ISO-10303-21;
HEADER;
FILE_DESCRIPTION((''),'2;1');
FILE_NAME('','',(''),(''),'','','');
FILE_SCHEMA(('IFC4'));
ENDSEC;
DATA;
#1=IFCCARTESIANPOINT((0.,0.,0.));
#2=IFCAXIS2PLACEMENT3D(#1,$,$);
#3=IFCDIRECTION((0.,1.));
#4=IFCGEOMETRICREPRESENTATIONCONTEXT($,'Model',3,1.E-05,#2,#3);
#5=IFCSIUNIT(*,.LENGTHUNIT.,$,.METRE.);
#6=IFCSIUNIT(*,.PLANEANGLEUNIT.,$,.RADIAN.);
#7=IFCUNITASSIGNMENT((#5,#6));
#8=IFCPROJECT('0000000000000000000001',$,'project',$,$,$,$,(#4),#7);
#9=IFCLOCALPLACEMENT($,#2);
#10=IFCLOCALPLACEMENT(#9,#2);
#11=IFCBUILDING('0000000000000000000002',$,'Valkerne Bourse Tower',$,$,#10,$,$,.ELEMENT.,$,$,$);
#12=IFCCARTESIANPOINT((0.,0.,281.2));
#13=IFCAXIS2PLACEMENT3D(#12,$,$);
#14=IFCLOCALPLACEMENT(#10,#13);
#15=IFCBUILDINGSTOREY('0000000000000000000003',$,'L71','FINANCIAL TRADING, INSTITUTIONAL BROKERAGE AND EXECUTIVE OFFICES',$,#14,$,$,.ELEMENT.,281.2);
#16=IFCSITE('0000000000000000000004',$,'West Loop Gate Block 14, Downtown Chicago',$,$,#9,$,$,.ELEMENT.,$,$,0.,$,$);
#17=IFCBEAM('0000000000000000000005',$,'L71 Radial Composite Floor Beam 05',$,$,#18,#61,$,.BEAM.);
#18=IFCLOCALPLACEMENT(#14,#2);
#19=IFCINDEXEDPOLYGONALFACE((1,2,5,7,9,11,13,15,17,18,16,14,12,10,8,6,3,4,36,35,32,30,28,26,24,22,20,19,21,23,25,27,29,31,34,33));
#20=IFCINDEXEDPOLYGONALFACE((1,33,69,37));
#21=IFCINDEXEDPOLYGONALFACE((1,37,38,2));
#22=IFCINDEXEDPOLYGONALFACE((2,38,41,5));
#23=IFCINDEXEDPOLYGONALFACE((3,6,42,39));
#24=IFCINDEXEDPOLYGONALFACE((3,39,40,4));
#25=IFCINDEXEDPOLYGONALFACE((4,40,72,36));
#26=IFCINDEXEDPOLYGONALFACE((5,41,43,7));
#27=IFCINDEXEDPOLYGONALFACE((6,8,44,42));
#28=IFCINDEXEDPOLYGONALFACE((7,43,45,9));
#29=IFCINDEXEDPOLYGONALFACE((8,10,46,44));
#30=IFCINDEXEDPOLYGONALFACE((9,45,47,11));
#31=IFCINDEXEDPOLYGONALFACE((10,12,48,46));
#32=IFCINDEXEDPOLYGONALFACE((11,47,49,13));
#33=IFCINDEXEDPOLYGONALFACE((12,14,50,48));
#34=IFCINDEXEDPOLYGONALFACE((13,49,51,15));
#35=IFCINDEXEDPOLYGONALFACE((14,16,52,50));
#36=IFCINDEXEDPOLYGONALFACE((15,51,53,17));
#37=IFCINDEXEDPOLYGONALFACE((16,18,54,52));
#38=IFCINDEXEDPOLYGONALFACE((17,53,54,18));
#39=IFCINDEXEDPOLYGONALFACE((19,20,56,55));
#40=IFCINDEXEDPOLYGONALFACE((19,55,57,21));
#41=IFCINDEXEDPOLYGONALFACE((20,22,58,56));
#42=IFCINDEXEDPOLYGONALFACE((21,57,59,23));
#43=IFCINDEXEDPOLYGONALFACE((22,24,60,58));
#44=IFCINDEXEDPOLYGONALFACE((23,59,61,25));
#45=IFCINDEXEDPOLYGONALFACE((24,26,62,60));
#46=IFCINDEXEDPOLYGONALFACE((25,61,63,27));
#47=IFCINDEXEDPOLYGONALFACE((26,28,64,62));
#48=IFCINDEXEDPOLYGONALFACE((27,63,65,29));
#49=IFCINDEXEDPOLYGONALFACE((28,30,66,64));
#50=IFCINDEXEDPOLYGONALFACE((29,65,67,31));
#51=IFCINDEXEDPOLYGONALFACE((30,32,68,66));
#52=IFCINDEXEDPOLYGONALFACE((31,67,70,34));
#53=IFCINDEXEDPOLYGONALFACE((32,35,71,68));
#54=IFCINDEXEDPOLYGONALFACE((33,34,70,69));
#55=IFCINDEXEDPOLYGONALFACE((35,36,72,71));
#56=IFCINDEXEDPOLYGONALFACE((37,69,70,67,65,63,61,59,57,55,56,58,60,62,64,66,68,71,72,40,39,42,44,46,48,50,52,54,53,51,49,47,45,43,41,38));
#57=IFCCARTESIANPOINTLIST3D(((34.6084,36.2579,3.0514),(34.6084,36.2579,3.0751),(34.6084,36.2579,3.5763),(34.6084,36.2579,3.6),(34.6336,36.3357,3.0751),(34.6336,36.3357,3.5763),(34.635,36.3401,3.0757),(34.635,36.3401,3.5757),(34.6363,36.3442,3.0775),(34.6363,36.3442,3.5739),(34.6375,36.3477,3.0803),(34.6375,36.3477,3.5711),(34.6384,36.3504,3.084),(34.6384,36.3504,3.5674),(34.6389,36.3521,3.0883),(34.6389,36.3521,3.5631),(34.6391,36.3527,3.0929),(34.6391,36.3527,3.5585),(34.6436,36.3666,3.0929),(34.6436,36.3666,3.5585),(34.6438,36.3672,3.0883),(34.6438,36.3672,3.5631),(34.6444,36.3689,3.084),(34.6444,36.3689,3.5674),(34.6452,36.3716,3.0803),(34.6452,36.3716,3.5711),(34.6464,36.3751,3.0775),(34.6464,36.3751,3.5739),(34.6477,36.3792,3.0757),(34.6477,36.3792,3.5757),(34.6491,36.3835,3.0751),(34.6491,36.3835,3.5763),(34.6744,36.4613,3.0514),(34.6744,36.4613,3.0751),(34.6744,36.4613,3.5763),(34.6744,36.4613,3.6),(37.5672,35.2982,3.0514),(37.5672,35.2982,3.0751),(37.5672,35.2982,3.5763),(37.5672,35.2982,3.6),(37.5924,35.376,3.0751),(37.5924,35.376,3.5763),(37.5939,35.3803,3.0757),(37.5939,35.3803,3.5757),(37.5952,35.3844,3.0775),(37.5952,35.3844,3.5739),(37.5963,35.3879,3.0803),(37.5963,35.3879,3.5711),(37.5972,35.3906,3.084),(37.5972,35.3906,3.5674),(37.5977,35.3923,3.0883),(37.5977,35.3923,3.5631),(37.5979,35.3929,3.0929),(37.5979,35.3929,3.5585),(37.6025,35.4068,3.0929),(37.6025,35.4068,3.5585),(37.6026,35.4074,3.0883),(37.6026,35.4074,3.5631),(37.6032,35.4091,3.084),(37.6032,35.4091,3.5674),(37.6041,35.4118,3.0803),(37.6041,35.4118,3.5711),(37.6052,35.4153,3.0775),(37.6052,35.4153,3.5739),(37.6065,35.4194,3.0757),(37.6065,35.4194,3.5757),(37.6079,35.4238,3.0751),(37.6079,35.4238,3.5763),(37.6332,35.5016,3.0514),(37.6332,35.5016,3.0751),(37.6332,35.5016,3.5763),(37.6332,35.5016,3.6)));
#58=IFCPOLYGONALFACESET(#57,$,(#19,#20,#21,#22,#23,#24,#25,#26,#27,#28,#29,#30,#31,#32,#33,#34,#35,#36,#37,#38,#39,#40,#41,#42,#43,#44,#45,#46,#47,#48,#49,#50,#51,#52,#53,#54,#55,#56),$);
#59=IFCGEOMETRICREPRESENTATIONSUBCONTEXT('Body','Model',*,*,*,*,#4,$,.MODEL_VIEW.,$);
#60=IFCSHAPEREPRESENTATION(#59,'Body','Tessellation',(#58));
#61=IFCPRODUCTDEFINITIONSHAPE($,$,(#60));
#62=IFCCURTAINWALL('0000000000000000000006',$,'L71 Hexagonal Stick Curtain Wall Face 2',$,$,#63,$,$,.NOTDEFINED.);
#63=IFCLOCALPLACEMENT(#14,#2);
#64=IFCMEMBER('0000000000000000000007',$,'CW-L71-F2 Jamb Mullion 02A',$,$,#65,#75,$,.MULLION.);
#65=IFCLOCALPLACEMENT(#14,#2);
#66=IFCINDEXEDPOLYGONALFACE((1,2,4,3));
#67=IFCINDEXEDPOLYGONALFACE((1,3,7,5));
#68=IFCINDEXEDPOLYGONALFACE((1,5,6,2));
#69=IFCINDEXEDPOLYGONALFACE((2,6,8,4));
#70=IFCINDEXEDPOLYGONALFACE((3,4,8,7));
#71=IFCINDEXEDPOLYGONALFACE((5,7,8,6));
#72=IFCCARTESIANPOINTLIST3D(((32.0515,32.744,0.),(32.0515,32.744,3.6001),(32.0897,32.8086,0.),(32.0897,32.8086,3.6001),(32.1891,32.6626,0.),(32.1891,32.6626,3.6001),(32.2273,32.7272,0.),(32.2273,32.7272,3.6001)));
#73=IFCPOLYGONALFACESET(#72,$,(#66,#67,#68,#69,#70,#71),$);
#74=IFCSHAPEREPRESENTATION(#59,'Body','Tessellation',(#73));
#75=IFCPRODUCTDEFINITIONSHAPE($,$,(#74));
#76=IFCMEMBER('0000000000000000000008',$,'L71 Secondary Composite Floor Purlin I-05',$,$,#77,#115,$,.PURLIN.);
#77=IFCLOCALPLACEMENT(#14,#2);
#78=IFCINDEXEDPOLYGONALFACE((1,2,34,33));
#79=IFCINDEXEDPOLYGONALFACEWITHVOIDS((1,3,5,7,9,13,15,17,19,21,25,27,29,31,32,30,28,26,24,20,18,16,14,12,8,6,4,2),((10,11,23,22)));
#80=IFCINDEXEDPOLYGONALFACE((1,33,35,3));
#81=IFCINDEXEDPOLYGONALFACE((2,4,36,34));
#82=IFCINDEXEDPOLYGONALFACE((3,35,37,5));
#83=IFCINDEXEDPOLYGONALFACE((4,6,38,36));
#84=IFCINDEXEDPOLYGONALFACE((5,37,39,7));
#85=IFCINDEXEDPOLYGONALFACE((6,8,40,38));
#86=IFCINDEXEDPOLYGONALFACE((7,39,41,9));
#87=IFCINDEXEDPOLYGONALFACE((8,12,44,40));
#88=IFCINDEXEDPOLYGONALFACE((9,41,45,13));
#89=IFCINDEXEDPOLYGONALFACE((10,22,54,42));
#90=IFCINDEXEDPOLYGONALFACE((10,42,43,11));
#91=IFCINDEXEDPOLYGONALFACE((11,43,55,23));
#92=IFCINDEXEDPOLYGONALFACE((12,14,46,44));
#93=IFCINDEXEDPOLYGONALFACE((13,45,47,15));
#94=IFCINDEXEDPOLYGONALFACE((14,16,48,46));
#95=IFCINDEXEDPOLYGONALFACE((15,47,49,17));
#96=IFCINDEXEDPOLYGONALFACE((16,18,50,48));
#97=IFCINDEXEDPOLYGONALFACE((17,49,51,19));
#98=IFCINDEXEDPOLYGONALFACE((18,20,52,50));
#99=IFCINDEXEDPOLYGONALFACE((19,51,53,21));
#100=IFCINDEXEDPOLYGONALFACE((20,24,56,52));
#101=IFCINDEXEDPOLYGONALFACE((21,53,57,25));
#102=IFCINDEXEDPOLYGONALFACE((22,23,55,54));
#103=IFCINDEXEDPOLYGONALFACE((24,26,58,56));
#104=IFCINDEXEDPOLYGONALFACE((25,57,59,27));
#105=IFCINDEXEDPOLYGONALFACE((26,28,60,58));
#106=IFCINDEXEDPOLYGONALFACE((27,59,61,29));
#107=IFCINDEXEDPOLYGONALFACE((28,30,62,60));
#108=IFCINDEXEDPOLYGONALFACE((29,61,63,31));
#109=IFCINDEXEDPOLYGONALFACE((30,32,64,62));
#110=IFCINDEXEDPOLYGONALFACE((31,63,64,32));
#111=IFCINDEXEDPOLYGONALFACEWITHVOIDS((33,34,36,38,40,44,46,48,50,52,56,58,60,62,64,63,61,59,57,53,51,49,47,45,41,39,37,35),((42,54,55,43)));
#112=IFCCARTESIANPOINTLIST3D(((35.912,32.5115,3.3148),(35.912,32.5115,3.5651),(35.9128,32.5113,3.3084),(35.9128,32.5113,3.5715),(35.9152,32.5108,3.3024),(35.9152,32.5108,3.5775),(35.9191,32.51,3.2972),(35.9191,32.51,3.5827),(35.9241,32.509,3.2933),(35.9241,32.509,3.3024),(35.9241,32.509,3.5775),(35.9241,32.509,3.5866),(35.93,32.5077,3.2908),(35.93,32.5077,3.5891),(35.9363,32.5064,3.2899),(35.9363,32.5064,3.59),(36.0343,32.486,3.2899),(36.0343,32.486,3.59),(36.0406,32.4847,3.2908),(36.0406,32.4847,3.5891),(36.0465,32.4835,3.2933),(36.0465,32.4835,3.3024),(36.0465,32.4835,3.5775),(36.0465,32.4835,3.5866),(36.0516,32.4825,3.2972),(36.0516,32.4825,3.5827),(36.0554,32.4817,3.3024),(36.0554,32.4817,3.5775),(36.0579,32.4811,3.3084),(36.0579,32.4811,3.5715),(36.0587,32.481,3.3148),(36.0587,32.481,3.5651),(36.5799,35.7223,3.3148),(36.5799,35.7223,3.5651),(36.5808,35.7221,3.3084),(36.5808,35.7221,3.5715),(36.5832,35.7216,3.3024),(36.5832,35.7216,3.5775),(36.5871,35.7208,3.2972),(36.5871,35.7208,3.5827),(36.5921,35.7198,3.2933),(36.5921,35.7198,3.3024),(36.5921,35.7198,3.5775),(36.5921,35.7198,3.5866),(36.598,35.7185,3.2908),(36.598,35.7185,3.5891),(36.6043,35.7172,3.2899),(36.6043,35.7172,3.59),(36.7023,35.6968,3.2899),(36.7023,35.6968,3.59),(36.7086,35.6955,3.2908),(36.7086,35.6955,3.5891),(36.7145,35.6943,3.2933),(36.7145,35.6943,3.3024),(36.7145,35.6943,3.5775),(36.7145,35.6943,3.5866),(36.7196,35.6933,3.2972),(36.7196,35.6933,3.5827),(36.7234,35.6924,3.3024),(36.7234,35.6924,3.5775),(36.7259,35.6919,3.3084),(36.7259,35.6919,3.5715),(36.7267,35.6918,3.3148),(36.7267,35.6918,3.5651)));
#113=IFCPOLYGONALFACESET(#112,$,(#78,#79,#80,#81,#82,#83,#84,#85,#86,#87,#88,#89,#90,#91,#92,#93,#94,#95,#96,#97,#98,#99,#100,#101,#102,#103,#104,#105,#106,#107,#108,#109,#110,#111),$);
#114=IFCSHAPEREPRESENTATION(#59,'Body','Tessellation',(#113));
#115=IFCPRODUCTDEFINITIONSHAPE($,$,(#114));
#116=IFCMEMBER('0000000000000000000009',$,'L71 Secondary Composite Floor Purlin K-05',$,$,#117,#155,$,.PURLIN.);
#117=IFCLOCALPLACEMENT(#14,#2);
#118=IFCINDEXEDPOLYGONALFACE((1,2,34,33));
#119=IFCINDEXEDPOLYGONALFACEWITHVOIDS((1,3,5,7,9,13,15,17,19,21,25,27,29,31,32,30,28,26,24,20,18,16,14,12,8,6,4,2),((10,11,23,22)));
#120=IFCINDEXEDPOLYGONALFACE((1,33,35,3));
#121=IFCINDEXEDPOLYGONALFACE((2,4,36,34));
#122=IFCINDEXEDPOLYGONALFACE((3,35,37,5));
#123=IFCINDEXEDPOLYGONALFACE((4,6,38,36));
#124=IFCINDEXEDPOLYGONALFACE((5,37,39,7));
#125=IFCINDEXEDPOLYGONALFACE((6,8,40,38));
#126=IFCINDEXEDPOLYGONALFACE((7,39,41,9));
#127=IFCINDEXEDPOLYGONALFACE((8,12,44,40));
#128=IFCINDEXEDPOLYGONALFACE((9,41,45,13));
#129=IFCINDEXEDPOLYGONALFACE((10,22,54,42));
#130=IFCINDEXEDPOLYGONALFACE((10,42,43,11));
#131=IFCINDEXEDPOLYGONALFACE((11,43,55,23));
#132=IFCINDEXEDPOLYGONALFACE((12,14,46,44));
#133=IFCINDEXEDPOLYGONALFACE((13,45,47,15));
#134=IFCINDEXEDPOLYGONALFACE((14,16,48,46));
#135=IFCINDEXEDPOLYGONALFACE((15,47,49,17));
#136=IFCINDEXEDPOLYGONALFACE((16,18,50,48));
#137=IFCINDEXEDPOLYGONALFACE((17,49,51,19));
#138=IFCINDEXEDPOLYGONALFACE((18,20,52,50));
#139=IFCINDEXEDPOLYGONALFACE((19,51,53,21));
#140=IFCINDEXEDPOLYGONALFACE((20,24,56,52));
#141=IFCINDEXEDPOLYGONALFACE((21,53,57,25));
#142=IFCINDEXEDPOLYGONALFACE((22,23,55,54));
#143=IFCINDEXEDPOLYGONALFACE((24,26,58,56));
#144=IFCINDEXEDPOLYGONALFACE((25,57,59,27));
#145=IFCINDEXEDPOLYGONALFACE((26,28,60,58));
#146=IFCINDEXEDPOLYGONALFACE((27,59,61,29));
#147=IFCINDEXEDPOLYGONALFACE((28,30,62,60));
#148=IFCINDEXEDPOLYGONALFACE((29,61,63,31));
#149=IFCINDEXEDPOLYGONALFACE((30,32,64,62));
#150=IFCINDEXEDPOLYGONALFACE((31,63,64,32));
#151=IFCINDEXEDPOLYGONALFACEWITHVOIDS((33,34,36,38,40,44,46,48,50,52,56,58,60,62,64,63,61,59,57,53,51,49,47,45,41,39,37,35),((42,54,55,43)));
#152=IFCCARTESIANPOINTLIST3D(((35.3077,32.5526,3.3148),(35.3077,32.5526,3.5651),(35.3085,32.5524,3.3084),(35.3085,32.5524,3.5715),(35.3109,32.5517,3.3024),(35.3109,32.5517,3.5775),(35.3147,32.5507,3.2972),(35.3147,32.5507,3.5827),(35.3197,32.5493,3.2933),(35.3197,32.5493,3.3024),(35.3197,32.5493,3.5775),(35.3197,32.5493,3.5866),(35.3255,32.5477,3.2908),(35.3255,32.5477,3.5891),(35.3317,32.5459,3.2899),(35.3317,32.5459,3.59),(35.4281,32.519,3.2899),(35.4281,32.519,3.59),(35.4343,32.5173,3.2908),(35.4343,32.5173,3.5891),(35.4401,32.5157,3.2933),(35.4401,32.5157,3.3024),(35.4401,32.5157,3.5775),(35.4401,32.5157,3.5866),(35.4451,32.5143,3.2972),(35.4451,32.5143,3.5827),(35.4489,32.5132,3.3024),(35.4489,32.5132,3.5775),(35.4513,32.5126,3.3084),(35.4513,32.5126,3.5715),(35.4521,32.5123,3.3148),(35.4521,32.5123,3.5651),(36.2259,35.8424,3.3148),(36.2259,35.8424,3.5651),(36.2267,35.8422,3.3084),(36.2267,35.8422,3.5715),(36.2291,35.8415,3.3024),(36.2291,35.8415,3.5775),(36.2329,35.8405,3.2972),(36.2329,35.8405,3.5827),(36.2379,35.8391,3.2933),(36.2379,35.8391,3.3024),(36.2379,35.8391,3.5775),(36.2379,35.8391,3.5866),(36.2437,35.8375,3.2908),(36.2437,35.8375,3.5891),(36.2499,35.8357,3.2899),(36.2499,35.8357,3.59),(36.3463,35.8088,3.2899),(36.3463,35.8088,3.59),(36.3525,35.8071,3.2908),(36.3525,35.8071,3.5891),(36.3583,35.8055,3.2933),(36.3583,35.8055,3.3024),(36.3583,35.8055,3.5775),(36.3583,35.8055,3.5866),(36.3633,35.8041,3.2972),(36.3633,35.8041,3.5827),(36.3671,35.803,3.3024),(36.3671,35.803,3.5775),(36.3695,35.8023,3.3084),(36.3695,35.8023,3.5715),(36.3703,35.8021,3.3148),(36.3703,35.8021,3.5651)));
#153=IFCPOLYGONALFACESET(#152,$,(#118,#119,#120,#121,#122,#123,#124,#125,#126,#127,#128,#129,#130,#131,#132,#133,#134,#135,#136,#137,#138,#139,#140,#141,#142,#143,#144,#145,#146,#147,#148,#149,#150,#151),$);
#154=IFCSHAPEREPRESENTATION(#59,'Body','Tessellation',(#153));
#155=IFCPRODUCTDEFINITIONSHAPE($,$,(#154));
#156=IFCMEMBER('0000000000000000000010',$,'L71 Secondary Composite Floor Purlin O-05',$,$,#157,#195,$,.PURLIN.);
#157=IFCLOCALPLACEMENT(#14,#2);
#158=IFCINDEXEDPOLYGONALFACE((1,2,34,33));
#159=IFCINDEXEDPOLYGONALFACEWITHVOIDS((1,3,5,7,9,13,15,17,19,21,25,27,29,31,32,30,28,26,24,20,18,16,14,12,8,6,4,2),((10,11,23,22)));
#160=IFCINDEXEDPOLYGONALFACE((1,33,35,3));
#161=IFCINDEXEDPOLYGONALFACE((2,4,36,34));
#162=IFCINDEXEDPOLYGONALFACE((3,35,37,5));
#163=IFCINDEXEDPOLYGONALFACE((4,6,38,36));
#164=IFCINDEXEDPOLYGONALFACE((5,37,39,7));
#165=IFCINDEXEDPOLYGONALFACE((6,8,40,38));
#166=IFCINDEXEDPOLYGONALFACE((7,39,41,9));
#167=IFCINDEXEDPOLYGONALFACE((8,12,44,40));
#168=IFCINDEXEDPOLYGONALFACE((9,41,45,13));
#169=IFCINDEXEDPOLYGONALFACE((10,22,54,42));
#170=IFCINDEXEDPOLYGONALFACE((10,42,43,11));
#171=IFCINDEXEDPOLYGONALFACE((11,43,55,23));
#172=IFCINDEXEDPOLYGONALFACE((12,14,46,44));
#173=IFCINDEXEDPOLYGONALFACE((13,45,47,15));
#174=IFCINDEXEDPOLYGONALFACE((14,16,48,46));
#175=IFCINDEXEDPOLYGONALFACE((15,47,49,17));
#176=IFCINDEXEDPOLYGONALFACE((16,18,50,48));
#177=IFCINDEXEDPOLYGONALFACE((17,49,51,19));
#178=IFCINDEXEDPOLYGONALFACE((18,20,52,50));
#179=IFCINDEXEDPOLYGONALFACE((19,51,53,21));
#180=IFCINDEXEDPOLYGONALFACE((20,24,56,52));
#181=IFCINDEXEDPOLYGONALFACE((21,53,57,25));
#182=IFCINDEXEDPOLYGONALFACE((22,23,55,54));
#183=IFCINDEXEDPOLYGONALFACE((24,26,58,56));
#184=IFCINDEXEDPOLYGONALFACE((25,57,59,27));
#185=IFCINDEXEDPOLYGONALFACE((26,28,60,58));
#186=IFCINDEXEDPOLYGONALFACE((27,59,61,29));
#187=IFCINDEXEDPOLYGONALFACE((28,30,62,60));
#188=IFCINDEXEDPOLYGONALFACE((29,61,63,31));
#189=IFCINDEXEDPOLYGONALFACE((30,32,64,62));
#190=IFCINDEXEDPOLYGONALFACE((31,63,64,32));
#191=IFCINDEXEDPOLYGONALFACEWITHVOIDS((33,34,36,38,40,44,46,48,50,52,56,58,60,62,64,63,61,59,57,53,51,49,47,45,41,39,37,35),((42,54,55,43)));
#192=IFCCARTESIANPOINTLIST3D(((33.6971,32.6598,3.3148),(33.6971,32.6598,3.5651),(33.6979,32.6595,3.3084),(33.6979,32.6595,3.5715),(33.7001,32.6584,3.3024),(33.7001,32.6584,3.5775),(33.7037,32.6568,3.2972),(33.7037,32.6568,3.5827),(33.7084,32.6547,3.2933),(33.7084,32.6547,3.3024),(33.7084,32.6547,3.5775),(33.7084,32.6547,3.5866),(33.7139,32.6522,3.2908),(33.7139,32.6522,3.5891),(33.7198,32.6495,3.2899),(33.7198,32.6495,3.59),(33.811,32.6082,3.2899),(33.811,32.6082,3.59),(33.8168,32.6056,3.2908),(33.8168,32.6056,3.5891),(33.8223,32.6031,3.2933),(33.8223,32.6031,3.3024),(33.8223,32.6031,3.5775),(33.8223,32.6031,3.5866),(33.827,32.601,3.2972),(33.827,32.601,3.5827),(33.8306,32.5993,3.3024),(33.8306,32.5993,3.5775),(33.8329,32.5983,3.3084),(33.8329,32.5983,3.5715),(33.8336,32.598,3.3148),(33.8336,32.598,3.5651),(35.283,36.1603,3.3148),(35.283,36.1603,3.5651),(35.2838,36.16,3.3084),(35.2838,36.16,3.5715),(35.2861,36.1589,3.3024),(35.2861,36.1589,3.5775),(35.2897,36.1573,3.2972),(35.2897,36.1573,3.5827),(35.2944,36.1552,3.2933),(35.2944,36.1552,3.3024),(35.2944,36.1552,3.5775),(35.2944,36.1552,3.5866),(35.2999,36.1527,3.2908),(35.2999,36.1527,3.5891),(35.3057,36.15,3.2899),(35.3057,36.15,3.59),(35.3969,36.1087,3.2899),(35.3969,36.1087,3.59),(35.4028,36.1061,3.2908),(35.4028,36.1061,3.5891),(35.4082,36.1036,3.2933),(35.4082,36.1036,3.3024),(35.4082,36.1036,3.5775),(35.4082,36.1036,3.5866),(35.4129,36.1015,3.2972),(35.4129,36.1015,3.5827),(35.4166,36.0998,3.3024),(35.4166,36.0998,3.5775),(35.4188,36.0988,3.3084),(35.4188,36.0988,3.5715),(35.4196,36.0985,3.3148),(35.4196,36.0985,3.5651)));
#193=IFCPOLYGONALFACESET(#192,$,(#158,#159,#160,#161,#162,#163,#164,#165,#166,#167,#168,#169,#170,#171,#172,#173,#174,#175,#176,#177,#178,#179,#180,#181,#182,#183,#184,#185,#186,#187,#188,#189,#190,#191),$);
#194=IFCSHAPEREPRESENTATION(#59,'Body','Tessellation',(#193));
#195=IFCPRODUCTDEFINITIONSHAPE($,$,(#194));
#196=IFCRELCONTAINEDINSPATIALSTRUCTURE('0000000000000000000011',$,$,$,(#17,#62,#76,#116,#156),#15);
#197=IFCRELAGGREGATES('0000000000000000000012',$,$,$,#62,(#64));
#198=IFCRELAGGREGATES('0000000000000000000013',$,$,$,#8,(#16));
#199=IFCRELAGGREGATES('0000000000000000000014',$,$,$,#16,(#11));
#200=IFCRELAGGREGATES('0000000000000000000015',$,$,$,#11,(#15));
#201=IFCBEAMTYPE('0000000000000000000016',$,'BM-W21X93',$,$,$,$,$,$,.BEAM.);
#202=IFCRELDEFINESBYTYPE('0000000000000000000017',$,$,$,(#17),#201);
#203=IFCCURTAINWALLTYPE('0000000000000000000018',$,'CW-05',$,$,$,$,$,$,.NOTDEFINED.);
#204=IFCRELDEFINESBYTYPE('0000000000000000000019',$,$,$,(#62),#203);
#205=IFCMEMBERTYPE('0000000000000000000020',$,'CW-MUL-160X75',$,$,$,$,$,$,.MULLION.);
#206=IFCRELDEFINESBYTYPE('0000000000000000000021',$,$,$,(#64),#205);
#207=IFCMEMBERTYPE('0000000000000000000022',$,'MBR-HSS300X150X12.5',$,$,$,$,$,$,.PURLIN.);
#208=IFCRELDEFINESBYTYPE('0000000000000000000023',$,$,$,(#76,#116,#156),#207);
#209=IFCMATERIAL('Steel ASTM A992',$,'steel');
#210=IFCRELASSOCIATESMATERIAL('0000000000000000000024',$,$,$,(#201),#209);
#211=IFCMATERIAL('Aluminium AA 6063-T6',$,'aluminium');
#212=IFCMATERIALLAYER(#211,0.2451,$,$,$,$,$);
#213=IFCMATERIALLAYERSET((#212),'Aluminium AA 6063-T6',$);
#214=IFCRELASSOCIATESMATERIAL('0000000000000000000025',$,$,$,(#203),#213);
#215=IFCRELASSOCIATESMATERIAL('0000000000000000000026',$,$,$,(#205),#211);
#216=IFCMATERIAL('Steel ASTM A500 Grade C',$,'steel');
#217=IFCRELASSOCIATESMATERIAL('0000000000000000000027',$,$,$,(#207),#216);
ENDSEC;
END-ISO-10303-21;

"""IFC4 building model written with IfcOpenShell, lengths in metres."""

from ifc_helpers import new_model, si_unit, direction, frame, origin, origin_2d, place, context, subcontext, project, spatial, rectangle, hollow_rectangle, i_section, extrude, material, layer, layer_set, material_profile, profile_set, type_object, element, aggregate, save


model = new_model("IFC4")

# Units and contexts
model_context = context("Model", 3, precision=1e-05, world=origin(), true_north=direction((0.0, 1.0)))
body_context = subcontext(model_context, "Body", "Model", "MODEL_VIEW")
ifc_project = project(units=[si_unit("LENGTHUNIT", "METRE"), si_unit("PLANEANGLEUNIT", "RADIAN")], contexts=[model_context])

# Site, building, storey
site_placement = place(None, origin())
site = spatial("IfcSite", under=ifc_project, at=site_placement, Name="West Loop Gate Block 14, Downtown Chicago", CompositionType="ELEMENT", RefElevation=0.0)
building_placement = place(site_placement, origin())
building = spatial("IfcBuilding", under=site, at=building_placement, Name="Valkerne Bourse Tower", CompositionType="ELEMENT")
storey_placement = place(building_placement, frame((0.0, 0.0, 281.2)))
storey = spatial("IfcBuildingStorey", under=building, at=storey_placement, Name="L71", Description="FINANCIAL TRADING, INSTITUTIONAL BROKERAGE AND EXECUTIVE OFFICES", CompositionType="ELEMENT", Elevation=281.2)

# Beam
ifc_material_1 = material(Name="Steel ASTM A992", Category="steel")
ifc_material_profile_1 = material_profile(ifc_material_1, i_section(OverallWidth=0.2139, OverallDepth=0.5486, WebThickness=0.0146, FlangeThickness=0.0237, FilletRadius=0.0178, at=origin_2d()), Name="W21X93")
ifc_profile_set_1 = profile_set([ifc_material_profile_1], Name="Steel ASTM A992")
beam_type_1 = type_object("IfcBeamType", Name="BM-W21X93", PredefinedType="BEAM", material=ifc_profile_set_1)
beam_1_placement = place(storey_placement, frame((34.6414, 36.3596, 3.3257), z_axis=(0.951211, -0.308541, 0.0), x_axis=(0.308541, 0.951211, 0.0)))
element("IfcBeam", 1, at=beam_1_placement, inside=storey, type_object=beam_type_1, Name="L71 Radial Composite Floor Beam 05", PredefinedType="BEAM", context=body_context, shape_type="SweptSolid", body=[
    extrude(i_section(OverallWidth=0.2139, OverallDepth=0.5486, WebThickness=0.0146, FlangeThickness=0.0237, FilletRadius=0.0178, at=origin_2d()), origin(), (0.0, 0.0, 1.0), 3.1106),
])

# Curtain wall, member
ifc_material_2 = material(Name="Aluminium AA 6063-T6", Category="aluminium")
ifc_layer_1 = layer(ifc_material_2, 0.2451)
ifc_layer_set_1 = layer_set([ifc_layer_1], Name="Aluminium AA 6063-T6")
curtain_wall_type = type_object("IfcCurtainWallType", Name="CW-05", PredefinedType="NOTDEFINED", material=ifc_layer_set_1)
curtain_wall_placement = place(storey_placement, origin())
curtain_wall = element("IfcCurtainWall", 2, at=curtain_wall_placement, inside=storey, type_object=curtain_wall_type, Name="L71 Hexagonal Stick Curtain Wall Face 2", PredefinedType="NOTDEFINED")
ifc_material_profile_2 = material_profile(ifc_material_2, rectangle(XDim=0.075, YDim=0.1599, at=origin_2d()), Name="CWM-75X160")
ifc_profile_set_2 = profile_set([ifc_material_profile_2], Name="Aluminium AA 6063-T6")
member_type_1 = type_object("IfcMemberType", Name="CW-MUL-160X75", PredefinedType="MULLION", material=ifc_profile_set_2)
member_1_placement = place(storey_placement, frame((32.1394, 32.7356, 0.0), z_axis=(0.0, 0.0, 1.0), x_axis=(-0.509039, -0.860744, 0.0)))
member_1 = element("IfcMember", 3, at=member_1_placement, type_object=member_type_1, Name="CW-L71-F2 Jamb Mullion 02A", PredefinedType="MULLION", context=body_context, shape_type="SweptSolid", body=[
    extrude(rectangle(XDim=0.075, YDim=0.1599, at=origin_2d()), origin(), (0.0, 0.0, 1.0), 3.6001),
])

# Members
ifc_material_3 = material(Name="Steel ASTM A500 Grade C", Category="steel")
ifc_material_profile_3 = material_profile(ifc_material_3, hollow_rectangle(XDim=0.1499, YDim=0.3, WallThickness=0.0125, OuterFilletRadius=0.0249, at=origin_2d()), Name="HSS300X150X12.5")
ifc_profile_set_3 = profile_set([ifc_material_profile_3], Name="Steel ASTM A500 Grade C")
member_type_2 = type_object("IfcMemberType", Name="MBR-HSS300X150X12.5", PredefinedType="PURLIN", material=ifc_profile_set_3)
member_2_placement = place(storey_placement, frame((36.6533, 35.707, 3.4399), z_axis=(-0.203684, -0.979037, 0.0), x_axis=(0.979037, -0.203684, 0.0)))
element("IfcMember", 4, at=member_2_placement, inside=storey, type_object=member_type_2, Name="L71 Secondary Composite Floor Purlin I-05", PredefinedType="PURLIN", context=body_context, shape_type="SweptSolid", body=[
    extrude(hollow_rectangle(XDim=0.1499, YDim=0.3, WallThickness=0.0125, OuterFilletRadius=0.0249, at=origin_2d()), origin(), (0.0, 0.0, 1.0), 3.2795),
])
member_3_placement = place(storey_placement, frame((36.2981, 35.8223, 3.4399), z_axis=(-0.268834, -0.963186, 0.0), x_axis=(0.963186, -0.268834, 0.0)))
element("IfcMember", 5, at=member_3_placement, inside=storey, type_object=member_type_2, Name="L71 Secondary Composite Floor Purlin K-05", PredefinedType="PURLIN", context=body_context, shape_type="SweptSolid", body=[
    extrude(hollow_rectangle(XDim=0.1499, YDim=0.3, WallThickness=0.0125, OuterFilletRadius=0.0249, at=origin_2d()), origin(), (0.0, 0.0, 1.0), 3.4155),
])
member_4_placement = place(storey_placement, frame((35.3513, 36.1294, 3.4399), z_axis=(-0.412683, -0.910875, 0.0), x_axis=(0.910875, -0.412683, 0.0)))
element("IfcMember", 6, at=member_4_placement, inside=storey, type_object=member_type_2, Name="L71 Secondary Composite Floor Purlin O-05", PredefinedType="PURLIN", context=body_context, shape_type="SweptSolid", body=[
    extrude(hollow_rectangle(XDim=0.1499, YDim=0.3, WallThickness=0.0125, OuterFilletRadius=0.0249, at=origin_2d()), origin(), (0.0, 0.0, 1.0), 3.843),
])

aggregate(curtain_wall, [member_1])

save(model, "model.ifc")
